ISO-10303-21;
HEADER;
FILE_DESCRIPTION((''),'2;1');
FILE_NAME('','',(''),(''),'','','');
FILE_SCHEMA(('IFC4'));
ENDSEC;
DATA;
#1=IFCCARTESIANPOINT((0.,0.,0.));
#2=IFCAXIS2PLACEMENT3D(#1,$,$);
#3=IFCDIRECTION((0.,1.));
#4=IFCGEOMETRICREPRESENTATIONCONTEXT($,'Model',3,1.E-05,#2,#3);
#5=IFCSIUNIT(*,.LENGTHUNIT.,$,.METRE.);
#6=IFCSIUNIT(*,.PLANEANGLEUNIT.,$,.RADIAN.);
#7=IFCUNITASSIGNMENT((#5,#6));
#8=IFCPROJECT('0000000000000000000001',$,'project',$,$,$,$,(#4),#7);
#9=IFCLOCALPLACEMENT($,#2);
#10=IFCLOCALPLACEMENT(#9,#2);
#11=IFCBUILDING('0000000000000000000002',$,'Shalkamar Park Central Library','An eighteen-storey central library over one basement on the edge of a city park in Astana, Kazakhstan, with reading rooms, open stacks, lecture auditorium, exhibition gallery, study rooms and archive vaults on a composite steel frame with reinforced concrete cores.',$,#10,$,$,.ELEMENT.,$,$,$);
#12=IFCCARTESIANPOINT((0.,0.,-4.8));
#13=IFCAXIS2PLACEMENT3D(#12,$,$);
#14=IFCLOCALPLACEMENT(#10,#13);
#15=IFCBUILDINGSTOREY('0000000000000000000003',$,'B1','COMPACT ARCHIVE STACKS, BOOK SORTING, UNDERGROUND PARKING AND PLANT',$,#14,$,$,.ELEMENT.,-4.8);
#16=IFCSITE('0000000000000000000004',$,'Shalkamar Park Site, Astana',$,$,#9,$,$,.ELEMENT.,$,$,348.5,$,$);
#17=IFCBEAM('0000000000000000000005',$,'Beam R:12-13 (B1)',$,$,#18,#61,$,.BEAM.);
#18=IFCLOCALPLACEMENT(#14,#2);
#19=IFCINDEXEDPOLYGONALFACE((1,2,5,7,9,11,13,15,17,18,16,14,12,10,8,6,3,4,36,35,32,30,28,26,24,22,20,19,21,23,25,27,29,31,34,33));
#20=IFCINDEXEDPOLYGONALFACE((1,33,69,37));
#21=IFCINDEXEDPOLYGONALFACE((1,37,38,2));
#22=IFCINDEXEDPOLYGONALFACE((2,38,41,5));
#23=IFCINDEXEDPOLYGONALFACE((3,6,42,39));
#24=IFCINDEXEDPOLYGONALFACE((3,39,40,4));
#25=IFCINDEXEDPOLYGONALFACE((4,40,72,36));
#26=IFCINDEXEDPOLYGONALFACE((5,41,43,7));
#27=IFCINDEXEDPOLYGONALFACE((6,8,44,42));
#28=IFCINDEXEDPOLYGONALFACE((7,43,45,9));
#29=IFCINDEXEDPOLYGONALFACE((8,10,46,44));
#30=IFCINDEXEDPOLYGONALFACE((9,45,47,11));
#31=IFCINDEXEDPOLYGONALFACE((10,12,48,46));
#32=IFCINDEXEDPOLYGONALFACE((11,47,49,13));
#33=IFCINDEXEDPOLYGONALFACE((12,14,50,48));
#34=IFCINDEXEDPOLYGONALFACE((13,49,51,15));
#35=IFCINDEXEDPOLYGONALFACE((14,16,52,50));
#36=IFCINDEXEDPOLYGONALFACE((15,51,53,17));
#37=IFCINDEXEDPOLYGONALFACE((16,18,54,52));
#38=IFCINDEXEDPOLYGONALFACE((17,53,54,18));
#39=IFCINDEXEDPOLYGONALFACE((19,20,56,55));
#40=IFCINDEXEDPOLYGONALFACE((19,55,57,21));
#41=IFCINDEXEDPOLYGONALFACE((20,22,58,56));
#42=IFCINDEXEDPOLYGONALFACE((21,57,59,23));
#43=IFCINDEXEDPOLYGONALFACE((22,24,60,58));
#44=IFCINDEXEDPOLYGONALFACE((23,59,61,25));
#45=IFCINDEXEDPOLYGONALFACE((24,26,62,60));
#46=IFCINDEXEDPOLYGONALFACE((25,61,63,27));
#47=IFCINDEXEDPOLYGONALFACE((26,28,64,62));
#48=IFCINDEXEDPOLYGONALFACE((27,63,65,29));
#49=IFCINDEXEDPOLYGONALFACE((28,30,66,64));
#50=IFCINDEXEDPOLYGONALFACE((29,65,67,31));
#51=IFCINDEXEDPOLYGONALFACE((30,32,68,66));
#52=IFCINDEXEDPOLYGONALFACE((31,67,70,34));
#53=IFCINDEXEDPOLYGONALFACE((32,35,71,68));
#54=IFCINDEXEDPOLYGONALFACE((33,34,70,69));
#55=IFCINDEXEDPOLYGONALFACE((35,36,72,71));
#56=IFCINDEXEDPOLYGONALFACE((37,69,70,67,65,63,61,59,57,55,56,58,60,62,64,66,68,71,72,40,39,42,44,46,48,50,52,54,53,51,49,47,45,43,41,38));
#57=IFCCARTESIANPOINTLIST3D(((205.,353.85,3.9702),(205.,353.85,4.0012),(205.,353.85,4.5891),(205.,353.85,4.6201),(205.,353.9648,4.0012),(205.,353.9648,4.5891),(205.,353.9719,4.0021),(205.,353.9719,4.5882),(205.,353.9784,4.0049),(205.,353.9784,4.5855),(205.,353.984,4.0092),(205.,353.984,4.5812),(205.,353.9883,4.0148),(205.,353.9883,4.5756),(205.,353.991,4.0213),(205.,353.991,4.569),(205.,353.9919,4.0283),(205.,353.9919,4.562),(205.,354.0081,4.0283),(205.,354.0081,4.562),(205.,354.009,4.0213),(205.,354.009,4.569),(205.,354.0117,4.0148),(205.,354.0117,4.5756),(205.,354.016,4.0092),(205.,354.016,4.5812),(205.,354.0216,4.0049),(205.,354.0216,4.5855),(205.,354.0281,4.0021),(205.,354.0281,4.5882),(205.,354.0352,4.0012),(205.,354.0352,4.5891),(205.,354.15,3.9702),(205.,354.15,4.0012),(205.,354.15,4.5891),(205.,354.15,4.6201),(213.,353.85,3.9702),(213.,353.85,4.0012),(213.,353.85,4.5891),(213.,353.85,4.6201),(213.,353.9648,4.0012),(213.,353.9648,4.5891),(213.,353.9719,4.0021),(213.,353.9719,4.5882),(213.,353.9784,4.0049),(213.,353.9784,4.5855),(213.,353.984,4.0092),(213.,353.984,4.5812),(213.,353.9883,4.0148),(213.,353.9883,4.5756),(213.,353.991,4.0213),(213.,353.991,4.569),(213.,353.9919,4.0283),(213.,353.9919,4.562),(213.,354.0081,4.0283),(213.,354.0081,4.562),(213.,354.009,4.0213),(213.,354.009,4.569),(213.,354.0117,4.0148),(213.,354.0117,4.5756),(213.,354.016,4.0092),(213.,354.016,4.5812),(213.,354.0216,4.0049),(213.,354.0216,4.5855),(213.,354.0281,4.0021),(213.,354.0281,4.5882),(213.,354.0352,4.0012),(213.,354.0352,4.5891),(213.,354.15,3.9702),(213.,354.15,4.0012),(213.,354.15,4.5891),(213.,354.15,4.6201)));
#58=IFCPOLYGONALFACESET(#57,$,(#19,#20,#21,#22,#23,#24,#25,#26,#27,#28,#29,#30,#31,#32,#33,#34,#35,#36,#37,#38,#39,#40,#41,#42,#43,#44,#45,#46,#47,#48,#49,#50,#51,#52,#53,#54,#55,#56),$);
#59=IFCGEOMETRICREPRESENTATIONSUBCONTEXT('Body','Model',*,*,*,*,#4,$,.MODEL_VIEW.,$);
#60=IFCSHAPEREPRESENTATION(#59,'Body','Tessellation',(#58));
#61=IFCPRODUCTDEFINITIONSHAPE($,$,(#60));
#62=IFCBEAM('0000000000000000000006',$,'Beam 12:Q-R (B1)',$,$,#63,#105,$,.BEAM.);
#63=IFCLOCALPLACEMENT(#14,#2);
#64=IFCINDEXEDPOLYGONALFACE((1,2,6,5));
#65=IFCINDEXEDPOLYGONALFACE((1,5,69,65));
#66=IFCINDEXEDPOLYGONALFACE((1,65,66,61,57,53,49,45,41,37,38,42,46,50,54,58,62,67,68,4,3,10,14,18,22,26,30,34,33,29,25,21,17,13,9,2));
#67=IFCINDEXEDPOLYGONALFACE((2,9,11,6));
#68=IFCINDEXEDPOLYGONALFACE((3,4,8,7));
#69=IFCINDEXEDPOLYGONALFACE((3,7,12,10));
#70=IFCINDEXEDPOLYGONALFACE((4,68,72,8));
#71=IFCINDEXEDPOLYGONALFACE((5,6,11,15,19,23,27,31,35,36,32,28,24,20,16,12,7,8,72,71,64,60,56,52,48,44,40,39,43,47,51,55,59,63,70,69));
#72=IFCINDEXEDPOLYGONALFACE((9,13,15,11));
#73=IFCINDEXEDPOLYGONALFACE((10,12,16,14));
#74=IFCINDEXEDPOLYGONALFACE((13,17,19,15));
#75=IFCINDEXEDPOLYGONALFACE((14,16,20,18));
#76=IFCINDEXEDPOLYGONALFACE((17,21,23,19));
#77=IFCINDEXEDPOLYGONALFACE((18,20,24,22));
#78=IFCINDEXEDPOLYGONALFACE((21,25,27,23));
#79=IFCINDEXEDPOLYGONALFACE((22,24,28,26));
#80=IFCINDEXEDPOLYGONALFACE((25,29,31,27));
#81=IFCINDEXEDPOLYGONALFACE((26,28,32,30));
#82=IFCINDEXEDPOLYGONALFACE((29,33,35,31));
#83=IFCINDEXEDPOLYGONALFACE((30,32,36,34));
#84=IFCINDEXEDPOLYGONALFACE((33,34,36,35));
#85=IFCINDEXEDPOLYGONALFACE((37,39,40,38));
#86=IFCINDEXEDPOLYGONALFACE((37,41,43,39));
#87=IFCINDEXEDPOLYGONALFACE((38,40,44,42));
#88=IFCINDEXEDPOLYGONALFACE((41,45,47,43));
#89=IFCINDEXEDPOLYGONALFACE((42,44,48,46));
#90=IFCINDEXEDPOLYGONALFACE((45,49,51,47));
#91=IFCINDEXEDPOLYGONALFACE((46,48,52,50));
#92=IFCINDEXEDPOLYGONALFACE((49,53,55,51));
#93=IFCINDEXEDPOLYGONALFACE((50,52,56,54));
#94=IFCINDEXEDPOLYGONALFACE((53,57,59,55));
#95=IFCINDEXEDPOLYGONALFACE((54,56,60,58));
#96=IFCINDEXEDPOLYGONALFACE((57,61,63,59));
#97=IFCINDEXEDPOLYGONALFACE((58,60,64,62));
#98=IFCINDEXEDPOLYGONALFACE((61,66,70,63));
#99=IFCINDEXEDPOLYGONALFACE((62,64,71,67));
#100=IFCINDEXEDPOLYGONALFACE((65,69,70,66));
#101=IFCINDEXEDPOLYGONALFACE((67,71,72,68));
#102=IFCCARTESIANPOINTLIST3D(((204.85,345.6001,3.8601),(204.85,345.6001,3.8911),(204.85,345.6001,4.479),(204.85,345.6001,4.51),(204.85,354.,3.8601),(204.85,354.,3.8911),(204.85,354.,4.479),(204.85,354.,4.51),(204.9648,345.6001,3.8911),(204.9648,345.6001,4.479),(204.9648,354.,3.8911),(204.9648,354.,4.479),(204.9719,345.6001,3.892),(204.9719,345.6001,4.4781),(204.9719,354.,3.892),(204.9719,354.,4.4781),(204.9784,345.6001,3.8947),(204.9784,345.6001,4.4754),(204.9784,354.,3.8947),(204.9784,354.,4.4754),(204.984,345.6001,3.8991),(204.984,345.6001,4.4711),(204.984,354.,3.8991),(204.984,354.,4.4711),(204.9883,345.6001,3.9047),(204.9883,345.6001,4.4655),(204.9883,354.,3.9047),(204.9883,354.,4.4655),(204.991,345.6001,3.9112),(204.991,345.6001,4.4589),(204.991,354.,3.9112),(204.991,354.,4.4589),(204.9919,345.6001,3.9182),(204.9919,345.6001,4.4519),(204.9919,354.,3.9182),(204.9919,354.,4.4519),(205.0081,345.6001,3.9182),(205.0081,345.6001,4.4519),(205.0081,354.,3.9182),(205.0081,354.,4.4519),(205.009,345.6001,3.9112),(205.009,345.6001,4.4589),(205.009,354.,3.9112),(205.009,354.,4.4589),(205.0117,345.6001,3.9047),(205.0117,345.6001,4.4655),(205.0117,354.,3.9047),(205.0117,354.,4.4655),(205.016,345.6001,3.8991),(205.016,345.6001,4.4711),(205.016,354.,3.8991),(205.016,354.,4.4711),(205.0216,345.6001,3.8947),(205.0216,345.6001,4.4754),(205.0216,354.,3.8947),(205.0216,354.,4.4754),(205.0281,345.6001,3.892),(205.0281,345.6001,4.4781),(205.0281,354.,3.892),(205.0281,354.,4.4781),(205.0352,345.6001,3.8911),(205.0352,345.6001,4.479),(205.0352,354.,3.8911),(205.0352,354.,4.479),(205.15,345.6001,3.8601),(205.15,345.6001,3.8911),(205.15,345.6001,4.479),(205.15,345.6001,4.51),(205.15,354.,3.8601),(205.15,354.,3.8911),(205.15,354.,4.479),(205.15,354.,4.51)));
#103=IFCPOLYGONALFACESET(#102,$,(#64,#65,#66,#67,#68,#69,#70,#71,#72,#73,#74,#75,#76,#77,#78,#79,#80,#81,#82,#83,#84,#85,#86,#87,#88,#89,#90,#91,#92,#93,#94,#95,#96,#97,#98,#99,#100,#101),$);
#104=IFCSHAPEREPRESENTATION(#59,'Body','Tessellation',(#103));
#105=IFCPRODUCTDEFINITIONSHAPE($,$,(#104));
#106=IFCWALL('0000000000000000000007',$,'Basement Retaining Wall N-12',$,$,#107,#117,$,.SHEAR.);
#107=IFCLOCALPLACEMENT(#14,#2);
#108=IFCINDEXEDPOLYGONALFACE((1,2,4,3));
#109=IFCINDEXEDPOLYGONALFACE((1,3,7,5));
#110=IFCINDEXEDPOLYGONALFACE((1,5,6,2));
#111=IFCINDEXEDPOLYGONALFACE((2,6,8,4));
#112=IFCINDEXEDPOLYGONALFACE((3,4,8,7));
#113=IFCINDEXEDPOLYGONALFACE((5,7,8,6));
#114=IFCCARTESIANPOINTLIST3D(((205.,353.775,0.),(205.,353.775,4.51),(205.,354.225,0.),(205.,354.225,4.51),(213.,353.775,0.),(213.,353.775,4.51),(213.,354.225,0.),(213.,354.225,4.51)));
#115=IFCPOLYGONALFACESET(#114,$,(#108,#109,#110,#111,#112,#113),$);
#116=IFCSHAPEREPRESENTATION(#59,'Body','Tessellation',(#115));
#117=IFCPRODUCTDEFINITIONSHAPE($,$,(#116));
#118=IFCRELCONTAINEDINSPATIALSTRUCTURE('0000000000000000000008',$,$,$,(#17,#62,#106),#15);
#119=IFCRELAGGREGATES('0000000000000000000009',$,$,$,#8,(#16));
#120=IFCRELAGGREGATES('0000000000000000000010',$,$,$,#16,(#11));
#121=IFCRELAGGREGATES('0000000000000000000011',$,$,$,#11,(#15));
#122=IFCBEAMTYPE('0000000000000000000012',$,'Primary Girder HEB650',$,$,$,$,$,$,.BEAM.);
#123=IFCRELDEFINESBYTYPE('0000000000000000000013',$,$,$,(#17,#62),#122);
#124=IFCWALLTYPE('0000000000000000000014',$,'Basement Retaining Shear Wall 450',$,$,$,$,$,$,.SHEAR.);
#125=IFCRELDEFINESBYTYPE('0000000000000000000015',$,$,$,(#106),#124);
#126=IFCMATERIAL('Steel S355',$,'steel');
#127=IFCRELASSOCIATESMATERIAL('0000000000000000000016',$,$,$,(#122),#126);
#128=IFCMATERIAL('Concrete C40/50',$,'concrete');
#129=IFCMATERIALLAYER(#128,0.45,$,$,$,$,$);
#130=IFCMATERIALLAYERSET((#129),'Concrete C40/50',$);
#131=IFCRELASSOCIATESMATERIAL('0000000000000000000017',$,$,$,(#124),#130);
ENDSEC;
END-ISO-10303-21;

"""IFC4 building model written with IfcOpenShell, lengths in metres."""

from ifc_helpers import new_model, si_unit, direction, frame, frame_2d, origin, origin_2d, place, context, subcontext, project, spatial, rectangle, i_section, extrude, material, layer, layer_set, material_profile, profile_set, type_object, element, save


model = new_model("IFC4")

# Units and contexts
model_context = context("Model", 3, precision=1e-05, world=origin(), true_north=direction((0.0, 1.0)))
body_context = subcontext(model_context, "Body", "Model", "MODEL_VIEW")
ifc_project = project(units=[si_unit("LENGTHUNIT", "METRE"), si_unit("PLANEANGLEUNIT", "RADIAN")], contexts=[model_context])

# Site, building, storey
site_placement = place(None, origin())
site = spatial("IfcSite", under=ifc_project, at=site_placement, Name="Shalkamar Park Site, Astana", CompositionType="ELEMENT", RefElevation=348.5)
building_placement = place(site_placement, origin())
building = spatial("IfcBuilding", under=site, at=building_placement, Name="Shalkamar Park Central Library", Description="An eighteen-storey central library over one basement on the edge of a city park in Astana, Kazakhstan, with reading rooms, open stacks, lecture auditorium, exhibition gallery, study rooms and archive vaults on a composite steel frame with reinforced concrete cores.", CompositionType="ELEMENT")
storey_placement = place(building_placement, frame((0.0, 0.0, -4.8)))
storey = spatial("IfcBuildingStorey", under=building, at=storey_placement, Name="B1", Description="COMPACT ARCHIVE STACKS, BOOK SORTING, UNDERGROUND PARKING AND PLANT", CompositionType="ELEMENT", Elevation=-4.8)

# Shared definitions
ifc_material_1 = material(Name="Concrete C40/50", Category="concrete")
ifc_material_2 = material(Name="Steel S355", Category="steel")

# Beams
ifc_material_profile_1 = material_profile(ifc_material_2, i_section(OverallWidth=0.3, OverallDepth=0.6499, WebThickness=0.0161, FlangeThickness=0.031, FilletRadius=0.0271, at=origin_2d()), Name="HEB 650")
ifc_profile_set_1 = profile_set([ifc_material_profile_1], Name="Steel S355")
beam_type_1 = type_object("IfcBeamType", Name="Primary Girder HEB650", PredefinedType="BEAM", material=ifc_profile_set_1)
for number, where, z_axis, x_axis, name in (
    (1, (205.0, 354.0, 4.2952), (1.0, 0.0, 0.0), (0.0, 1.0, 0.0), "Beam R:12-13 (B1)"),
):
    element("IfcBeam", number, at=place(storey_placement, frame(where, z_axis=z_axis, x_axis=x_axis)), inside=storey, type_object=beam_type_1, Name=name, PredefinedType="BEAM", context=body_context, shape_type="SweptSolid", body=[
        extrude(i_section(OverallWidth=0.3, OverallDepth=0.6499, WebThickness=0.0161, FlangeThickness=0.031, FilletRadius=0.0271, at=origin_2d()), origin(), (0.0, 0.0, 1.0), 8.0),
    ])
beam_1_placement = place(storey_placement, frame((205.0, 345.6001, 4.1851), z_axis=(0.0, 1.0, 0.0), x_axis=(-1.0, 0.0, 0.0)))
element("IfcBeam", 2, at=beam_1_placement, inside=storey, type_object=beam_type_1, Name="Beam 12:Q-R (B1)", PredefinedType="BEAM", context=body_context, shape_type="SweptSolid", body=[
    extrude(i_section(OverallWidth=0.3, OverallDepth=0.6499, WebThickness=0.0161, FlangeThickness=0.031, FilletRadius=0.0271, at=origin_2d()), origin(), (0.0, 0.0, 1.0), 8.3999),
])

# Wall
ifc_layer = layer(ifc_material_1, 0.45)
ifc_layer_set = layer_set([ifc_layer], Name="Concrete C40/50")
wall_type = type_object("IfcWallType", Name="Basement Retaining Shear Wall 450", PredefinedType="SHEAR", material=ifc_layer_set)
wall_placement = place(storey_placement, frame((205.0, 354.0, 0.0), z_axis=(0.0, 0.0, 1.0), x_axis=(1.0, 0.0, 0.0)))
element("IfcWall", 3, at=wall_placement, inside=storey, type_object=wall_type, Name="Basement Retaining Wall N-12", PredefinedType="SHEAR", context=body_context, shape_type="SweptSolid", body=[
    extrude(rectangle(XDim=8.0, YDim=0.45, at=frame_2d((4.0, 0.0))), origin(), (0.0, 0.0, 1.0), 4.51),
])

save(model, "model.ifc")
